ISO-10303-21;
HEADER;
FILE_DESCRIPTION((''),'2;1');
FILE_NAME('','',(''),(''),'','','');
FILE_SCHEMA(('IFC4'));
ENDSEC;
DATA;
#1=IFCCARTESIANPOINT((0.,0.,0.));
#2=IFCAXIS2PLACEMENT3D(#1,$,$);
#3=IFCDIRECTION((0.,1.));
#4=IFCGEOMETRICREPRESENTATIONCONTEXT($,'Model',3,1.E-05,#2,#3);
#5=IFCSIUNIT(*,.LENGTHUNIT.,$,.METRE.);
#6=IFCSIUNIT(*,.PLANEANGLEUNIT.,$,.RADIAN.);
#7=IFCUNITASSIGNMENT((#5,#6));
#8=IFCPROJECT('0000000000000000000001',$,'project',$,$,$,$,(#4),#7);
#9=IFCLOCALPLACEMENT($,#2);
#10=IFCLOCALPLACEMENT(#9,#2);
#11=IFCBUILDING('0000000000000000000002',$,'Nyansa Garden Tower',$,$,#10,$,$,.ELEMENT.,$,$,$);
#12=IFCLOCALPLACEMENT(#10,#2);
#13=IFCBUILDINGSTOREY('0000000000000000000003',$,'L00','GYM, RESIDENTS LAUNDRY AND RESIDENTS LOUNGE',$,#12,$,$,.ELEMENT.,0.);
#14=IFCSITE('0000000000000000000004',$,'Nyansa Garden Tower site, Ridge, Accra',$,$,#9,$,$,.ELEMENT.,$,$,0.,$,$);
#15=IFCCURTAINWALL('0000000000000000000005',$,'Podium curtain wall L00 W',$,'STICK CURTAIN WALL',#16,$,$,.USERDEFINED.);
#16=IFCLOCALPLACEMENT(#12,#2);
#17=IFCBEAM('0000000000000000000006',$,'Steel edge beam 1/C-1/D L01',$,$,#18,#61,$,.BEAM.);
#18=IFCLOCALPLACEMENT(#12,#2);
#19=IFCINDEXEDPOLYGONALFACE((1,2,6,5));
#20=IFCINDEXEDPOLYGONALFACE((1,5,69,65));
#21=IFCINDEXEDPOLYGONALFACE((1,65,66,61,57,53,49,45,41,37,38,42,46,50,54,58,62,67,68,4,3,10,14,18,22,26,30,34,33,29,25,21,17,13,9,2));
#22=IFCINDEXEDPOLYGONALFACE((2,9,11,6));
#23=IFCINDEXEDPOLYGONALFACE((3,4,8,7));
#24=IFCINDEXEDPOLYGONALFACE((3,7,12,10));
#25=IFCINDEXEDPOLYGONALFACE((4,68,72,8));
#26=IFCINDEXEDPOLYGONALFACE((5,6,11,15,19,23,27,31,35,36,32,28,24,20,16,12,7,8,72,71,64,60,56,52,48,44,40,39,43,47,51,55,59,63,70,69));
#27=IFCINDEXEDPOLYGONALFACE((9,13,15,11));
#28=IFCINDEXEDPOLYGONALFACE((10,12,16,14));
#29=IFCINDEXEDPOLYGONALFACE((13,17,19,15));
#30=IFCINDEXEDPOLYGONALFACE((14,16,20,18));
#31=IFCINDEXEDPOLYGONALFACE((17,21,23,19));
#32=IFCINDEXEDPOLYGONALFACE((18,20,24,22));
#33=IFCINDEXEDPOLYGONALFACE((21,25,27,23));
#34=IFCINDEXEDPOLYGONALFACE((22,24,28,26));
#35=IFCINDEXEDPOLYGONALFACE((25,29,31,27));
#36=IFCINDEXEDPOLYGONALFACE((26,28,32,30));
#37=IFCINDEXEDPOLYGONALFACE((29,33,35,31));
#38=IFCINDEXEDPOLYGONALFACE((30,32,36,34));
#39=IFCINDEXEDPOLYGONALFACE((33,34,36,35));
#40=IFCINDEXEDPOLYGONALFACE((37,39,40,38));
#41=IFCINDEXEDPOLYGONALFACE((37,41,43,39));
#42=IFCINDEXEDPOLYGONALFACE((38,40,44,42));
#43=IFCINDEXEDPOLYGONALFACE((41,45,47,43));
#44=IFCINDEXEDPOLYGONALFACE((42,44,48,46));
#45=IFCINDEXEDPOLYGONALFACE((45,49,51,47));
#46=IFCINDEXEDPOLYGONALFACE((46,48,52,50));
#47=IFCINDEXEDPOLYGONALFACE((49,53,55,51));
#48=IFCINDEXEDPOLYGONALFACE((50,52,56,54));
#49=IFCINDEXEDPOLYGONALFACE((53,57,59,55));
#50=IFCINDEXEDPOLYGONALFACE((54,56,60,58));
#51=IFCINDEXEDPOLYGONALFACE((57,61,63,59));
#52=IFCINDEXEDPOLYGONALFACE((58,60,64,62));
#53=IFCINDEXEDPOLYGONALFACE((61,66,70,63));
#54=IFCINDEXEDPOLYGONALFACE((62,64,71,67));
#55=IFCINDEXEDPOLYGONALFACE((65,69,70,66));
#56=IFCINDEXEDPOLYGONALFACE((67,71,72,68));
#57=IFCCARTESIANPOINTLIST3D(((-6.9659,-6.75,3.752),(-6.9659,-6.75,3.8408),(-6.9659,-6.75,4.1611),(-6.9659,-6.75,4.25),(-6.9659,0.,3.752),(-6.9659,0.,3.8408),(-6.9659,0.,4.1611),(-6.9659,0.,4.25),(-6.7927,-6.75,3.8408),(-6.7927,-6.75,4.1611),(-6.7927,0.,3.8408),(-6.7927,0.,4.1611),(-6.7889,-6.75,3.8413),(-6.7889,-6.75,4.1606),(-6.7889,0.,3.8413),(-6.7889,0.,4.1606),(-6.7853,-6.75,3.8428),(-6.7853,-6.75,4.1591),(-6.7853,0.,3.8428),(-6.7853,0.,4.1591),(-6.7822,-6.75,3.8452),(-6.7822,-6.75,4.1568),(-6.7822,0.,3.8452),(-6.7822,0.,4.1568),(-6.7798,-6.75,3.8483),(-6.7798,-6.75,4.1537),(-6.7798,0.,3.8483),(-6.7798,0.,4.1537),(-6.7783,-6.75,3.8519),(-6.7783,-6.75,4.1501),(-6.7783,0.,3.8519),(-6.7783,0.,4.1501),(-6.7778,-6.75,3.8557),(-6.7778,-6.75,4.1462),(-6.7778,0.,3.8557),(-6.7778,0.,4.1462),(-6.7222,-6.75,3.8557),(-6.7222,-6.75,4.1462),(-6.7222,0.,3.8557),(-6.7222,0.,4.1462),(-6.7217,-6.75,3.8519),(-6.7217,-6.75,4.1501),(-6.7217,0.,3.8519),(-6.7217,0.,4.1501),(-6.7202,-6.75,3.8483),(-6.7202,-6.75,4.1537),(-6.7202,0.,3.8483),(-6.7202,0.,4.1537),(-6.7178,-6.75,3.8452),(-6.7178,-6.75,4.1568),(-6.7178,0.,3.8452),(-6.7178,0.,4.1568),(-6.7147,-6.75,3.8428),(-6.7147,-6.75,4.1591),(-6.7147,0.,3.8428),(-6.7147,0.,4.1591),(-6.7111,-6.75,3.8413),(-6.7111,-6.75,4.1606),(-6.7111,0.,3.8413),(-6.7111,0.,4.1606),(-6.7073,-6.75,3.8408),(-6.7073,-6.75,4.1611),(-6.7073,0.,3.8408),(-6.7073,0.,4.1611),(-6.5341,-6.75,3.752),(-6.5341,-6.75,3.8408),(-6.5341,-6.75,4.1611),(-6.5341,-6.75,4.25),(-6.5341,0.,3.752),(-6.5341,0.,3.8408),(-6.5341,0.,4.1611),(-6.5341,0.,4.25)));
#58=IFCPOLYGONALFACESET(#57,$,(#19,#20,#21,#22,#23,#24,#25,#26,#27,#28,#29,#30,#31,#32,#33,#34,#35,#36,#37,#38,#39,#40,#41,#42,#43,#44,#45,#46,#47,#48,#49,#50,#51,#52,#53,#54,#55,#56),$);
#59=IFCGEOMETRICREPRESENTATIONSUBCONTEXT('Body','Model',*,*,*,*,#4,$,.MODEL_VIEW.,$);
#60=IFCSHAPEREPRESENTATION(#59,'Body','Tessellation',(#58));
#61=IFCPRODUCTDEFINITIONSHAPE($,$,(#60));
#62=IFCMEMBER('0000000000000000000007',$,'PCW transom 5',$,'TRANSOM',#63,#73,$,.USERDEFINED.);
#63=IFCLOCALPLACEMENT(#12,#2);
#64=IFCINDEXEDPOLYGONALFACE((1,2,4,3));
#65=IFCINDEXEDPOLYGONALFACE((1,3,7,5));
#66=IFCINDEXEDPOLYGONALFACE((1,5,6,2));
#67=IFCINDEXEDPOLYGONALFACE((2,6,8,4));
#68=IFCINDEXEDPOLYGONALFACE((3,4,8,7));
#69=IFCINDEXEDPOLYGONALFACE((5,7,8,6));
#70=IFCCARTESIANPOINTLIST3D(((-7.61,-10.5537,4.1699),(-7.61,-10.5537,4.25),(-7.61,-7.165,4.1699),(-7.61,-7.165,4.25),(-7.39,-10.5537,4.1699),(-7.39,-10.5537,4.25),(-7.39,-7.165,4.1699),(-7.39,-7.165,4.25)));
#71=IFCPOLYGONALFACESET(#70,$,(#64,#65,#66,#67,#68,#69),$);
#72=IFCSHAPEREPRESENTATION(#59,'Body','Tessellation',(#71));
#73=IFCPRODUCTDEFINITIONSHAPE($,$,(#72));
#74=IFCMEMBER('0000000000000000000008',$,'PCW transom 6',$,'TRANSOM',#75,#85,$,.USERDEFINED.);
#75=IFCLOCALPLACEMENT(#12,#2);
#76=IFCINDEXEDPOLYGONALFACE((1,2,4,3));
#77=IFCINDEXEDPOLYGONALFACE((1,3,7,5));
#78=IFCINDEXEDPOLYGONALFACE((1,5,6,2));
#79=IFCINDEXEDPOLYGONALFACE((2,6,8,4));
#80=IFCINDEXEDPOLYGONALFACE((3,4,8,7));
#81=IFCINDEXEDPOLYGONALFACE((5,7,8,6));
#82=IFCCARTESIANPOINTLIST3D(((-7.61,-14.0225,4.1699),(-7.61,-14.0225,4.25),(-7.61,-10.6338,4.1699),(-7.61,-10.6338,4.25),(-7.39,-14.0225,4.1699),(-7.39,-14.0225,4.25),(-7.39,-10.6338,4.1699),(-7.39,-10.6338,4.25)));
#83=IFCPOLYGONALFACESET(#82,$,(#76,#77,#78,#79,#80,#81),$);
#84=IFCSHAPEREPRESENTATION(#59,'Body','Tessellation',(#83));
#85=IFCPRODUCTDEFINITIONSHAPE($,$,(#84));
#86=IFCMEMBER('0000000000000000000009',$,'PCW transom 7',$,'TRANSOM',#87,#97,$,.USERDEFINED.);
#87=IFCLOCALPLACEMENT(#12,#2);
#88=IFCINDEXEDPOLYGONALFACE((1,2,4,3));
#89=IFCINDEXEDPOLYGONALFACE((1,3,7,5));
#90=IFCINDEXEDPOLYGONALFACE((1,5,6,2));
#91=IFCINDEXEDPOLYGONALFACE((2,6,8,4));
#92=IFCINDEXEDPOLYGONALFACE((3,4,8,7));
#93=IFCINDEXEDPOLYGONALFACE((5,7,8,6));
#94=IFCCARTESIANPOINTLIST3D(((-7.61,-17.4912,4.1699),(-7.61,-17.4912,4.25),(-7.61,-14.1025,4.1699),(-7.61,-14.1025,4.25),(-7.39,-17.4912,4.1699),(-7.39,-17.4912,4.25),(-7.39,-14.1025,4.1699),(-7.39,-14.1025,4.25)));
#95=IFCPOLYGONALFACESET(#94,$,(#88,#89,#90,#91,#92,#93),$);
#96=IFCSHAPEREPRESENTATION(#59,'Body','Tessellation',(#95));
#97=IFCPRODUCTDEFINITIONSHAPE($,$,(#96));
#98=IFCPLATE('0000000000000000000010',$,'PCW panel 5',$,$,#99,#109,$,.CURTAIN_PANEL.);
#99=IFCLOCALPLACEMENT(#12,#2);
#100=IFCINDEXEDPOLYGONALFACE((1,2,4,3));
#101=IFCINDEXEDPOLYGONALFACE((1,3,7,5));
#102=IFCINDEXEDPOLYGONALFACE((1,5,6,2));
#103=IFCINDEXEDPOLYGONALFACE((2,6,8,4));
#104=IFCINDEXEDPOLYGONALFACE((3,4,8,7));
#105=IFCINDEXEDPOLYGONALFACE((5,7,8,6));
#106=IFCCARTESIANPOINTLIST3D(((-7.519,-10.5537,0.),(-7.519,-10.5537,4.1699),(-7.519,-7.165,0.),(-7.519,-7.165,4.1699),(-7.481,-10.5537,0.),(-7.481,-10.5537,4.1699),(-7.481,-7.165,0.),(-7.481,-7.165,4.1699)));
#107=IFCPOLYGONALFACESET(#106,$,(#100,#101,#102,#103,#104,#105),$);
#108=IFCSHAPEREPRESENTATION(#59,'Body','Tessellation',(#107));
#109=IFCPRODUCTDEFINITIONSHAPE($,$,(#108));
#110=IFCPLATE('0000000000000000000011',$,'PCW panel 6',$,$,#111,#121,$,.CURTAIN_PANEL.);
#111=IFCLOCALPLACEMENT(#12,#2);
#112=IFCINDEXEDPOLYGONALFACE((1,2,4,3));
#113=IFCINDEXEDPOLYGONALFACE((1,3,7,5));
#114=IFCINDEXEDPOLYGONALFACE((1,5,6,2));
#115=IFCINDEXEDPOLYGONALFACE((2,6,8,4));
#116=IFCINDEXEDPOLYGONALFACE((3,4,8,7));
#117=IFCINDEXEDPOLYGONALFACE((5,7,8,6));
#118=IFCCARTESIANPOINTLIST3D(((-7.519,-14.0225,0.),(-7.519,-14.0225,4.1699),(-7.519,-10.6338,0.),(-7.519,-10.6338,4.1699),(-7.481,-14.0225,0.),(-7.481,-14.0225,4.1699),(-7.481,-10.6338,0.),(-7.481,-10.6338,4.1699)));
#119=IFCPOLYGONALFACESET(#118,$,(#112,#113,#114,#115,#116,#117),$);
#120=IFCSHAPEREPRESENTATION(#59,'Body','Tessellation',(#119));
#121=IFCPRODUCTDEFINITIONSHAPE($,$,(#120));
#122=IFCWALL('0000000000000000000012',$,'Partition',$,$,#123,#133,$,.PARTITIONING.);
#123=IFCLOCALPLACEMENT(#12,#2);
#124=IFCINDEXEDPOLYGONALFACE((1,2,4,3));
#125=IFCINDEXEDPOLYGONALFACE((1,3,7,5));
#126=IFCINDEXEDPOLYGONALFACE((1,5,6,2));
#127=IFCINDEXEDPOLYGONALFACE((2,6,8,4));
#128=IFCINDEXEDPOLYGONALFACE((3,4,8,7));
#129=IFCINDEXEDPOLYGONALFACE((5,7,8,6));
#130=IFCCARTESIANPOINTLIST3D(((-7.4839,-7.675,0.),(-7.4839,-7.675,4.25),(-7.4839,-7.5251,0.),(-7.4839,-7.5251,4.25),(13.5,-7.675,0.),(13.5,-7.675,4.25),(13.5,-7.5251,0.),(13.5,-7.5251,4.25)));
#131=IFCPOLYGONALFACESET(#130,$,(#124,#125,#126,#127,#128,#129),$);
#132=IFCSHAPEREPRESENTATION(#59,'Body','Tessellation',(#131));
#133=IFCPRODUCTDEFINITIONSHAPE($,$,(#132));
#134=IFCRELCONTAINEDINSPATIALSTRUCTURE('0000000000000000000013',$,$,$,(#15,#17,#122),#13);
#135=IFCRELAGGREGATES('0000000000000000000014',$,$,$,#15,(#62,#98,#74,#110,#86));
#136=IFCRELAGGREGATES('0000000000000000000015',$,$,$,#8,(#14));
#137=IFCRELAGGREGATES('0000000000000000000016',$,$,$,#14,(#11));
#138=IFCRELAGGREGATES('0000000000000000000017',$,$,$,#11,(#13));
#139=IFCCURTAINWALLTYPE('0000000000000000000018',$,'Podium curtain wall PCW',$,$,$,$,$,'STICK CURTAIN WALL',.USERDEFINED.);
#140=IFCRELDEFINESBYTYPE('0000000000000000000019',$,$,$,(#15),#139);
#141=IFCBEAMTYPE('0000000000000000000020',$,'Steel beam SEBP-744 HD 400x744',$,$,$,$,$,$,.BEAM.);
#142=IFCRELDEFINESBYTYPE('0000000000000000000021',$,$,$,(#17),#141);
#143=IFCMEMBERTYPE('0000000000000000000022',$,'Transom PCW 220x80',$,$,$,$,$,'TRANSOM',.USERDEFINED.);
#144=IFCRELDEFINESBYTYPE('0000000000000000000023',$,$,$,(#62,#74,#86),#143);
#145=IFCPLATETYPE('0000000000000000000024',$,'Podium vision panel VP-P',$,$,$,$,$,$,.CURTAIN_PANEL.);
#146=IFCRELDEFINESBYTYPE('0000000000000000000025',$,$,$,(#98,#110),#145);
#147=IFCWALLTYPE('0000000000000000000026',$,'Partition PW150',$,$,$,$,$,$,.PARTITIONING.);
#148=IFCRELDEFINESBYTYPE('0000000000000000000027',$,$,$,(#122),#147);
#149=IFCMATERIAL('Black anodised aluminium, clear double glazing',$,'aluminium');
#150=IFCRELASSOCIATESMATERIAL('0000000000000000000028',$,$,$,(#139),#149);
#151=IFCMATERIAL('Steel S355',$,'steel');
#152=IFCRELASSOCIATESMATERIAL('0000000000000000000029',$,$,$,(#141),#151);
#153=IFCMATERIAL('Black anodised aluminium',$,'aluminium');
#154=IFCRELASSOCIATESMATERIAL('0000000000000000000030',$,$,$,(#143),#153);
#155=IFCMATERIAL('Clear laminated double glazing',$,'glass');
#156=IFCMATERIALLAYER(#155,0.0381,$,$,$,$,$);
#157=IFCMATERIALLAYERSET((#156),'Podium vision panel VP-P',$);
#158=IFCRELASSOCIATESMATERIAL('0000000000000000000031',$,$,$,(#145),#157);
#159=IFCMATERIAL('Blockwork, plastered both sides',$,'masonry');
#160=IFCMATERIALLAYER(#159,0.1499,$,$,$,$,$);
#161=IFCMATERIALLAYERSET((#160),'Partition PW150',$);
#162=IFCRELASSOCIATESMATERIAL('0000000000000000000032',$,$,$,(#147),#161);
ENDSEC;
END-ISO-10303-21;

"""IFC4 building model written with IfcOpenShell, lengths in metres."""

from ifc_helpers import new_model, si_unit, direction, frame, frame_2d, origin, origin_2d, place, context, subcontext, project, spatial, rectangle, i_section, extrude, material, layer, layer_set, material_profile, profile_set, type_object, element, aggregate, save


model = new_model("IFC4")

# Units and contexts
model_context = context("Model", 3, precision=1e-05, world=origin(), true_north=direction((0.0, 1.0)))
body_context = subcontext(model_context, "Body", "Model", "MODEL_VIEW")
ifc_project = project(units=[si_unit("LENGTHUNIT", "METRE"), si_unit("PLANEANGLEUNIT", "RADIAN")], contexts=[model_context])

# Site, building, storey
site_placement = place(None, origin())
site = spatial("IfcSite", under=ifc_project, at=site_placement, Name="Nyansa Garden Tower site, Ridge, Accra", CompositionType="ELEMENT", RefElevation=0.0)
building_placement = place(site_placement, origin())
building = spatial("IfcBuilding", under=site, at=building_placement, Name="Nyansa Garden Tower", CompositionType="ELEMENT")
storey_placement = place(building_placement, origin())
storey = spatial("IfcBuildingStorey", under=building, at=storey_placement, Name="L00", Description="GYM, RESIDENTS LAUNDRY AND RESIDENTS LOUNGE", CompositionType="ELEMENT", Elevation=0.0)

# Curtain wall
ifc_material_1 = material(Name="Black anodised aluminium, clear double glazing", Category="aluminium")
curtain_wall_type = type_object("IfcCurtainWallType", Name="Podium curtain wall PCW", ElementType="STICK CURTAIN WALL", PredefinedType="USERDEFINED", material=ifc_material_1)
curtain_wall_placement = place(storey_placement, origin())
curtain_wall = element("IfcCurtainWall", 1, at=curtain_wall_placement, inside=storey, type_object=curtain_wall_type, Name="Podium curtain wall L00 W", ObjectType="STICK CURTAIN WALL", PredefinedType="USERDEFINED")

# Beam
ifc_material_2 = material(Name="Steel S355", Category="steel")
ifc_material_profile_1 = material_profile(ifc_material_2, i_section(OverallWidth=0.4319, OverallDepth=0.498, WebThickness=0.0557, FlangeThickness=0.0889, FilletRadius=0.0149, at=origin_2d()), Name="HD 400x744")
ifc_profile_set_1 = profile_set([ifc_material_profile_1], Name="Steel S355")
beam_type_1 = type_object("IfcBeamType", Name="Steel beam SEBP-744 HD 400x744", PredefinedType="BEAM", material=ifc_profile_set_1)
for number, where, z_axis, x_axis, name in (
    (2, (-6.75, -6.75, 4.001), (0.0, 1.0, 0.0), (-1.0, 0.0, 0.0), "Steel edge beam 1/C-1/D L01"),
):
    element("IfcBeam", number, at=place(storey_placement, frame(where, z_axis=z_axis, x_axis=x_axis)), inside=storey, type_object=beam_type_1, Name=name, PredefinedType="BEAM", context=body_context, shape_type="SweptSolid", body=[
        extrude(i_section(OverallWidth=0.4319, OverallDepth=0.498, WebThickness=0.0557, FlangeThickness=0.0889, FilletRadius=0.0149, at=origin_2d()), origin(), (0.0, 0.0, 1.0), 6.75),
    ])

# Members
ifc_material_3 = material(Name="Black anodised aluminium", Category="aluminium")
ifc_material_profile_2 = material_profile(ifc_material_3, rectangle(XDim=0.22, YDim=0.0801, at=origin_2d()), Name="Transom 220x80")
ifc_profile_set_2 = profile_set([ifc_material_profile_2], Name="Black anodised aluminium")
member_type_1 = type_object("IfcMemberType", Name="Transom PCW 220x80", ElementType="TRANSOM", PredefinedType="USERDEFINED", material=ifc_profile_set_2)
member_1_placement = place(storey_placement, frame((-7.5, -7.165, 4.21), z_axis=(0.0, -1.0, 0.0), x_axis=(1.0, 0.0, 0.0)))
member_1 = element("IfcMember", 3, at=member_1_placement, type_object=member_type_1, Name="PCW transom 5", ObjectType="TRANSOM", PredefinedType="USERDEFINED", context=body_context, shape_type="SweptSolid", body=[
    extrude(rectangle(XDim=0.22, YDim=0.0801, at=origin_2d()), origin(), (0.0, 0.0, 1.0), 3.3887),
])
member_2_placement = place(storey_placement, frame((-7.5, -10.6338, 4.21), z_axis=(0.0, -1.0, 0.0), x_axis=(1.0, 0.0, 0.0)))
member_2 = element("IfcMember", 4, at=member_2_placement, type_object=member_type_1, Name="PCW transom 6", ObjectType="TRANSOM", PredefinedType="USERDEFINED", context=body_context, shape_type="SweptSolid", body=[
    extrude(rectangle(XDim=0.22, YDim=0.0801, at=origin_2d()), origin(), (0.0, 0.0, 1.0), 3.3887),
])
member_3_placement = place(storey_placement, frame((-7.5, -14.1025, 4.21), z_axis=(0.0, -1.0, 0.0), x_axis=(1.0, 0.0, 0.0)))
member_3 = element("IfcMember", 5, at=member_3_placement, type_object=member_type_1, Name="PCW transom 7", ObjectType="TRANSOM", PredefinedType="USERDEFINED", context=body_context, shape_type="SweptSolid", body=[
    extrude(rectangle(XDim=0.22, YDim=0.0801, at=origin_2d()), origin(), (0.0, 0.0, 1.0), 3.3887),
])

# Plates
ifc_material_4 = material(Name="Clear laminated double glazing", Category="glass")
ifc_layer_1 = layer(ifc_material_4, 0.0381)
ifc_layer_set_1 = layer_set([ifc_layer_1], Name="Podium vision panel VP-P")
plate_type = type_object("IfcPlateType", Name="Podium vision panel VP-P", PredefinedType="CURTAIN_PANEL", material=ifc_layer_set_1)
plate_1_placement = place(storey_placement, frame((-7.5, -8.8594, 0.0), z_axis=(0.0, 0.0, 1.0), x_axis=(0.0, -1.0, 0.0)))
plate_1 = element("IfcPlate", 6, at=plate_1_placement, type_object=plate_type, Name="PCW panel 5", PredefinedType="CURTAIN_PANEL", context=body_context, shape_type="SweptSolid", body=[
    extrude(rectangle(XDim=3.3887, YDim=0.0381, at=origin_2d()), origin(), (0.0, 0.0, 1.0), 4.1699),
])
plate_2_placement = place(storey_placement, frame((-7.5, -12.3281, 0.0), z_axis=(0.0, 0.0, 1.0), x_axis=(0.0, -1.0, 0.0)))
plate_2 = element("IfcPlate", 7, at=plate_2_placement, type_object=plate_type, Name="PCW panel 6", PredefinedType="CURTAIN_PANEL", context=body_context, shape_type="SweptSolid", body=[
    extrude(rectangle(XDim=3.3887, YDim=0.0381, at=origin_2d()), origin(), (0.0, 0.0, 1.0), 4.1699),
])
aggregate(curtain_wall, [member_1, plate_1, member_2, plate_2, member_3])

# Wall
ifc_material_5 = material(Name="Blockwork, plastered both sides", Category="masonry")
ifc_layer_2 = layer(ifc_material_5, 0.1499)
ifc_layer_set_2 = layer_set([ifc_layer_2], Name="Partition PW150")
wall_type = type_object("IfcWallType", Name="Partition PW150", PredefinedType="PARTITIONING", material=ifc_layer_set_2)
wall_placement = place(storey_placement, frame((-7.4839, -7.6001, 0.0), z_axis=(0.0, 0.0, 1.0), x_axis=(1.0, 0.0, 0.0)))
element("IfcWall", 8, at=wall_placement, inside=storey, type_object=wall_type, Name="Partition", PredefinedType="PARTITIONING", context=body_context, shape_type="SweptSolid", body=[
    extrude(rectangle(XDim=20.9839, YDim=0.1499, at=frame_2d((10.4919, 0.0))), origin(), (0.0, 0.0, 1.0), 4.25),
])

save(model, "model.ifc")
